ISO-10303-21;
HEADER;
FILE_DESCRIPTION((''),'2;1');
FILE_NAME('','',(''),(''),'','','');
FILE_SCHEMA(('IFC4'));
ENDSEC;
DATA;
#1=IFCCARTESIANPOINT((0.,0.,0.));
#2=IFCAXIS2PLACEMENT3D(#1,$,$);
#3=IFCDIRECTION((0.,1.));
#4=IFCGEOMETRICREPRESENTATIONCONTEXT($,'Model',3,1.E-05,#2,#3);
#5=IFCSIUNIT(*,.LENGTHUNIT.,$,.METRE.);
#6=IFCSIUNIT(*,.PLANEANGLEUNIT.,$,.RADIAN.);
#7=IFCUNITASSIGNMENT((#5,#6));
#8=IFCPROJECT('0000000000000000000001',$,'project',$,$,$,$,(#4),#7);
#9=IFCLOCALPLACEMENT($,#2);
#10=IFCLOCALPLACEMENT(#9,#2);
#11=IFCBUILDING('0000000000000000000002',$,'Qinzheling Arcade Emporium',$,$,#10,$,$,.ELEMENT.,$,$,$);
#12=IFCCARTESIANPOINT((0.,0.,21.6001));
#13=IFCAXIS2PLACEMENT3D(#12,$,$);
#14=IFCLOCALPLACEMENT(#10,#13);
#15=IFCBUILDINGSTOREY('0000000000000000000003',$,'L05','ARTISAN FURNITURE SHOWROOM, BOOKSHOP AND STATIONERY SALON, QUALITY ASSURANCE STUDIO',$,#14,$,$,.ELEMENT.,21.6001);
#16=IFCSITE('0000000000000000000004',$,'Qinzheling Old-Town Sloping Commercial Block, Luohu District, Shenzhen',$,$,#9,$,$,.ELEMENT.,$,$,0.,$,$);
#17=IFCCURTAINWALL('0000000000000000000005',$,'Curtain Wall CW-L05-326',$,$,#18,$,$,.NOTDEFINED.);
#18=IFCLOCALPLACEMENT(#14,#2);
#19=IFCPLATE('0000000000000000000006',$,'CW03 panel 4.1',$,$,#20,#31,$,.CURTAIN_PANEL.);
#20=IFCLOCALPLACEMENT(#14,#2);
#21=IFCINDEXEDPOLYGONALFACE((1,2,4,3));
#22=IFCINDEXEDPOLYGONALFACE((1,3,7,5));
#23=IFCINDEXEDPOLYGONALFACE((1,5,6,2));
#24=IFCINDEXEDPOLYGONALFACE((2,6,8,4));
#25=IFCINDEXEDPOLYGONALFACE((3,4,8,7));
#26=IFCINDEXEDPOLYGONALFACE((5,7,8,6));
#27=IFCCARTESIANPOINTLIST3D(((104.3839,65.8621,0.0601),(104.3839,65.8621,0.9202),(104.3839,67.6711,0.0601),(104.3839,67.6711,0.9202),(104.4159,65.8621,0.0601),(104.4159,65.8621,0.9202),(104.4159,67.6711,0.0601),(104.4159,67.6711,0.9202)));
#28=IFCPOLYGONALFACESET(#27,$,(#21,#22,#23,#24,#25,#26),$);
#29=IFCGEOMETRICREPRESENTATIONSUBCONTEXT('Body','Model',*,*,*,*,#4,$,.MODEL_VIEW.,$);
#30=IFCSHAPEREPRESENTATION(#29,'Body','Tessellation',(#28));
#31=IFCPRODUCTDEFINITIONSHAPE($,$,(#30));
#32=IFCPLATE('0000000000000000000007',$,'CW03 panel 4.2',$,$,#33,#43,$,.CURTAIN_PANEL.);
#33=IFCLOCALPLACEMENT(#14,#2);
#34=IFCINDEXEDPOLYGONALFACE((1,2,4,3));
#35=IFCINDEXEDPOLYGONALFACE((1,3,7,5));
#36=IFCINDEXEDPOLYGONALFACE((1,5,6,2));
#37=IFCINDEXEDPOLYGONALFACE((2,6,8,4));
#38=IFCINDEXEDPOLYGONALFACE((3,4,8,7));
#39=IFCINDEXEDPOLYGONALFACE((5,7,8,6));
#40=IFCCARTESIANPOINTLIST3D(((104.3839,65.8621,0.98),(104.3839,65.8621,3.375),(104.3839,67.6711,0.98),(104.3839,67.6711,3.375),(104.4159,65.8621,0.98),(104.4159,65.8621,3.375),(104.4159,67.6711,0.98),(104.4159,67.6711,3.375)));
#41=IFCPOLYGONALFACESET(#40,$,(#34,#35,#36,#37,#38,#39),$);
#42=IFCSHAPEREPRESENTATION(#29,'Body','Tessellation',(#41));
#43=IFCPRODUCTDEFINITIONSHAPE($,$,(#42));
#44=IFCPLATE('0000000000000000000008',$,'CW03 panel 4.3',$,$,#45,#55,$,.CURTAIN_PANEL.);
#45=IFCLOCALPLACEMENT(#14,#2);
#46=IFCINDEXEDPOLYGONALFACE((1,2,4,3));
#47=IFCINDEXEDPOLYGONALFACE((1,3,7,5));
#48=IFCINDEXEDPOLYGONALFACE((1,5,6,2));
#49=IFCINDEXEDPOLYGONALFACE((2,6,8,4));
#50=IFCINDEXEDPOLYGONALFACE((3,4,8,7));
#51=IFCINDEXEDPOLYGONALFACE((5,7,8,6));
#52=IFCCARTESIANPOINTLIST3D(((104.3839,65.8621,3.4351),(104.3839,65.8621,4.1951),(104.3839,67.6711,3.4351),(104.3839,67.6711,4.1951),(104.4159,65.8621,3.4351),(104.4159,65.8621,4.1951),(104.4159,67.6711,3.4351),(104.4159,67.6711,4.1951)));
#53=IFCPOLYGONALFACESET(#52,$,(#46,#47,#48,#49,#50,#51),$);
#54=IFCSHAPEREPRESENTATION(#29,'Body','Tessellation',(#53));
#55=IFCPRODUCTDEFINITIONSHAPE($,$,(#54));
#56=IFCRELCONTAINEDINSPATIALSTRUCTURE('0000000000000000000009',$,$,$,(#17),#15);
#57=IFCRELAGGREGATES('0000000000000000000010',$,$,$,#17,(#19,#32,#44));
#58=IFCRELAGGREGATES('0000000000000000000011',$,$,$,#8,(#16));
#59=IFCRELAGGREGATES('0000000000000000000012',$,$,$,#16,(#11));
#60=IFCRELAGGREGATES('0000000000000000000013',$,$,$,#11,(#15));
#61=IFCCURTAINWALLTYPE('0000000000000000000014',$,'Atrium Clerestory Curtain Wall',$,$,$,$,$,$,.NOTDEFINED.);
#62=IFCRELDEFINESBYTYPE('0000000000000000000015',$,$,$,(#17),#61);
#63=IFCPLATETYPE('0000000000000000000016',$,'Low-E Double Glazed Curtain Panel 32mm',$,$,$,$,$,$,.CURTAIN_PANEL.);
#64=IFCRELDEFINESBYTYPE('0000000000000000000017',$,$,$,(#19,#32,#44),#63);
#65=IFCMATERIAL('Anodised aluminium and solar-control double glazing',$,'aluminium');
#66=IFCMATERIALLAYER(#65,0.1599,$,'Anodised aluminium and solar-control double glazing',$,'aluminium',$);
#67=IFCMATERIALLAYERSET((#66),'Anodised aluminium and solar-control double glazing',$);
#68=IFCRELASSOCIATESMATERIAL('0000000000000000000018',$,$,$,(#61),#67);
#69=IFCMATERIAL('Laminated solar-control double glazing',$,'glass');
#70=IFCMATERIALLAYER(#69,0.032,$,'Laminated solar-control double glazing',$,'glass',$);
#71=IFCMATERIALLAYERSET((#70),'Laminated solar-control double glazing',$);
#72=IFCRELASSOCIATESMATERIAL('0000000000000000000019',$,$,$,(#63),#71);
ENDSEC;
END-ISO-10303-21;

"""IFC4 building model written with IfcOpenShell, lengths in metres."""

from ifc_helpers import new_model, si_unit, direction, frame, origin, origin_2d, place, context, subcontext, project, spatial, rectangle, extrude, material, layer, layer_set, type_object, element, aggregate, save


model = new_model("IFC4")

# Units and contexts
model_context = context("Model", 3, precision=1e-05, world=origin(), true_north=direction((0.0, 1.0)))
body_context = subcontext(model_context, "Body", "Model", "MODEL_VIEW")
ifc_project = project(units=[si_unit("LENGTHUNIT", "METRE"), si_unit("PLANEANGLEUNIT", "RADIAN")], contexts=[model_context])

# Site, building, storey
site_placement = place(None, origin())
site = spatial("IfcSite", under=ifc_project, at=site_placement, Name="Qinzheling Old-Town Sloping Commercial Block, Luohu District, Shenzhen", CompositionType="ELEMENT", RefElevation=0.0)
building_placement = place(site_placement, origin())
building = spatial("IfcBuilding", under=site, at=building_placement, Name="Qinzheling Arcade Emporium", CompositionType="ELEMENT")
storey_placement = place(building_placement, frame((0.0, 0.0, 21.6001)))
storey = spatial("IfcBuildingStorey", under=building, at=storey_placement, Name="L05", Description="ARTISAN FURNITURE SHOWROOM, BOOKSHOP AND STATIONERY SALON, QUALITY ASSURANCE STUDIO", CompositionType="ELEMENT", Elevation=21.6001)

# Curtain wall, plates
ifc_material_1 = material(Name="Anodised aluminium and solar-control double glazing", Category="aluminium")
ifc_layer_1 = layer(ifc_material_1, 0.1599, Name="Anodised aluminium and solar-control double glazing", Category="aluminium")
ifc_layer_set_1 = layer_set([ifc_layer_1], Name="Anodised aluminium and solar-control double glazing")
curtain_wall_type = type_object("IfcCurtainWallType", Name="Atrium Clerestory Curtain Wall", PredefinedType="NOTDEFINED", material=ifc_layer_set_1)
curtain_wall_placement = place(storey_placement, origin())
curtain_wall = element("IfcCurtainWall", 1, at=curtain_wall_placement, inside=storey, type_object=curtain_wall_type, Name="Curtain Wall CW-L05-326", PredefinedType="NOTDEFINED")
ifc_material_2 = material(Name="Laminated solar-control double glazing", Category="glass")
ifc_layer_2 = layer(ifc_material_2, 0.032, Name="Laminated solar-control double glazing", Category="glass")
ifc_layer_set_2 = layer_set([ifc_layer_2], Name="Laminated solar-control double glazing")
plate_type = type_object("IfcPlateType", Name="Low-E Double Glazed Curtain Panel 32mm", PredefinedType="CURTAIN_PANEL", material=ifc_layer_set_2)
plate_1_placement = place(storey_placement, frame((104.3999, 66.7666, 0.0601), z_axis=(0.0, 0.0, 1.0), x_axis=(0.0, -1.0, 0.0)))
plate_1 = element("IfcPlate", 2, at=plate_1_placement, type_object=plate_type, Name="CW03 panel 4.1", PredefinedType="CURTAIN_PANEL", context=body_context, shape_type="SweptSolid", body=[
    extrude(rectangle(XDim=1.8091, YDim=0.032, at=origin_2d()), origin(), (0.0, 0.0, 1.0), 0.8601),
])
plate_2_placement = place(storey_placement, frame((104.3999, 66.7666, 0.98), z_axis=(0.0, 0.0, 1.0), x_axis=(0.0, -1.0, 0.0)))
plate_2 = element("IfcPlate", 3, at=plate_2_placement, type_object=plate_type, Name="CW03 panel 4.2", PredefinedType="CURTAIN_PANEL", context=body_context, shape_type="SweptSolid", body=[
    extrude(rectangle(XDim=1.8091, YDim=0.032, at=origin_2d()), origin(), (0.0, 0.0, 1.0), 2.395),
])
plate_3_placement = place(storey_placement, frame((104.3999, 66.7666, 3.4351), z_axis=(0.0, 0.0, 1.0), x_axis=(0.0, -1.0, 0.0)))
plate_3 = element("IfcPlate", 4, at=plate_3_placement, type_object=plate_type, Name="CW03 panel 4.3", PredefinedType="CURTAIN_PANEL", context=body_context, shape_type="SweptSolid", body=[
    extrude(rectangle(XDim=1.8091, YDim=0.032, at=origin_2d()), origin(), (0.0, 0.0, 1.0), 0.76),
])
aggregate(curtain_wall, [plate_1, plate_2, plate_3])

save(model, "model.ifc")
